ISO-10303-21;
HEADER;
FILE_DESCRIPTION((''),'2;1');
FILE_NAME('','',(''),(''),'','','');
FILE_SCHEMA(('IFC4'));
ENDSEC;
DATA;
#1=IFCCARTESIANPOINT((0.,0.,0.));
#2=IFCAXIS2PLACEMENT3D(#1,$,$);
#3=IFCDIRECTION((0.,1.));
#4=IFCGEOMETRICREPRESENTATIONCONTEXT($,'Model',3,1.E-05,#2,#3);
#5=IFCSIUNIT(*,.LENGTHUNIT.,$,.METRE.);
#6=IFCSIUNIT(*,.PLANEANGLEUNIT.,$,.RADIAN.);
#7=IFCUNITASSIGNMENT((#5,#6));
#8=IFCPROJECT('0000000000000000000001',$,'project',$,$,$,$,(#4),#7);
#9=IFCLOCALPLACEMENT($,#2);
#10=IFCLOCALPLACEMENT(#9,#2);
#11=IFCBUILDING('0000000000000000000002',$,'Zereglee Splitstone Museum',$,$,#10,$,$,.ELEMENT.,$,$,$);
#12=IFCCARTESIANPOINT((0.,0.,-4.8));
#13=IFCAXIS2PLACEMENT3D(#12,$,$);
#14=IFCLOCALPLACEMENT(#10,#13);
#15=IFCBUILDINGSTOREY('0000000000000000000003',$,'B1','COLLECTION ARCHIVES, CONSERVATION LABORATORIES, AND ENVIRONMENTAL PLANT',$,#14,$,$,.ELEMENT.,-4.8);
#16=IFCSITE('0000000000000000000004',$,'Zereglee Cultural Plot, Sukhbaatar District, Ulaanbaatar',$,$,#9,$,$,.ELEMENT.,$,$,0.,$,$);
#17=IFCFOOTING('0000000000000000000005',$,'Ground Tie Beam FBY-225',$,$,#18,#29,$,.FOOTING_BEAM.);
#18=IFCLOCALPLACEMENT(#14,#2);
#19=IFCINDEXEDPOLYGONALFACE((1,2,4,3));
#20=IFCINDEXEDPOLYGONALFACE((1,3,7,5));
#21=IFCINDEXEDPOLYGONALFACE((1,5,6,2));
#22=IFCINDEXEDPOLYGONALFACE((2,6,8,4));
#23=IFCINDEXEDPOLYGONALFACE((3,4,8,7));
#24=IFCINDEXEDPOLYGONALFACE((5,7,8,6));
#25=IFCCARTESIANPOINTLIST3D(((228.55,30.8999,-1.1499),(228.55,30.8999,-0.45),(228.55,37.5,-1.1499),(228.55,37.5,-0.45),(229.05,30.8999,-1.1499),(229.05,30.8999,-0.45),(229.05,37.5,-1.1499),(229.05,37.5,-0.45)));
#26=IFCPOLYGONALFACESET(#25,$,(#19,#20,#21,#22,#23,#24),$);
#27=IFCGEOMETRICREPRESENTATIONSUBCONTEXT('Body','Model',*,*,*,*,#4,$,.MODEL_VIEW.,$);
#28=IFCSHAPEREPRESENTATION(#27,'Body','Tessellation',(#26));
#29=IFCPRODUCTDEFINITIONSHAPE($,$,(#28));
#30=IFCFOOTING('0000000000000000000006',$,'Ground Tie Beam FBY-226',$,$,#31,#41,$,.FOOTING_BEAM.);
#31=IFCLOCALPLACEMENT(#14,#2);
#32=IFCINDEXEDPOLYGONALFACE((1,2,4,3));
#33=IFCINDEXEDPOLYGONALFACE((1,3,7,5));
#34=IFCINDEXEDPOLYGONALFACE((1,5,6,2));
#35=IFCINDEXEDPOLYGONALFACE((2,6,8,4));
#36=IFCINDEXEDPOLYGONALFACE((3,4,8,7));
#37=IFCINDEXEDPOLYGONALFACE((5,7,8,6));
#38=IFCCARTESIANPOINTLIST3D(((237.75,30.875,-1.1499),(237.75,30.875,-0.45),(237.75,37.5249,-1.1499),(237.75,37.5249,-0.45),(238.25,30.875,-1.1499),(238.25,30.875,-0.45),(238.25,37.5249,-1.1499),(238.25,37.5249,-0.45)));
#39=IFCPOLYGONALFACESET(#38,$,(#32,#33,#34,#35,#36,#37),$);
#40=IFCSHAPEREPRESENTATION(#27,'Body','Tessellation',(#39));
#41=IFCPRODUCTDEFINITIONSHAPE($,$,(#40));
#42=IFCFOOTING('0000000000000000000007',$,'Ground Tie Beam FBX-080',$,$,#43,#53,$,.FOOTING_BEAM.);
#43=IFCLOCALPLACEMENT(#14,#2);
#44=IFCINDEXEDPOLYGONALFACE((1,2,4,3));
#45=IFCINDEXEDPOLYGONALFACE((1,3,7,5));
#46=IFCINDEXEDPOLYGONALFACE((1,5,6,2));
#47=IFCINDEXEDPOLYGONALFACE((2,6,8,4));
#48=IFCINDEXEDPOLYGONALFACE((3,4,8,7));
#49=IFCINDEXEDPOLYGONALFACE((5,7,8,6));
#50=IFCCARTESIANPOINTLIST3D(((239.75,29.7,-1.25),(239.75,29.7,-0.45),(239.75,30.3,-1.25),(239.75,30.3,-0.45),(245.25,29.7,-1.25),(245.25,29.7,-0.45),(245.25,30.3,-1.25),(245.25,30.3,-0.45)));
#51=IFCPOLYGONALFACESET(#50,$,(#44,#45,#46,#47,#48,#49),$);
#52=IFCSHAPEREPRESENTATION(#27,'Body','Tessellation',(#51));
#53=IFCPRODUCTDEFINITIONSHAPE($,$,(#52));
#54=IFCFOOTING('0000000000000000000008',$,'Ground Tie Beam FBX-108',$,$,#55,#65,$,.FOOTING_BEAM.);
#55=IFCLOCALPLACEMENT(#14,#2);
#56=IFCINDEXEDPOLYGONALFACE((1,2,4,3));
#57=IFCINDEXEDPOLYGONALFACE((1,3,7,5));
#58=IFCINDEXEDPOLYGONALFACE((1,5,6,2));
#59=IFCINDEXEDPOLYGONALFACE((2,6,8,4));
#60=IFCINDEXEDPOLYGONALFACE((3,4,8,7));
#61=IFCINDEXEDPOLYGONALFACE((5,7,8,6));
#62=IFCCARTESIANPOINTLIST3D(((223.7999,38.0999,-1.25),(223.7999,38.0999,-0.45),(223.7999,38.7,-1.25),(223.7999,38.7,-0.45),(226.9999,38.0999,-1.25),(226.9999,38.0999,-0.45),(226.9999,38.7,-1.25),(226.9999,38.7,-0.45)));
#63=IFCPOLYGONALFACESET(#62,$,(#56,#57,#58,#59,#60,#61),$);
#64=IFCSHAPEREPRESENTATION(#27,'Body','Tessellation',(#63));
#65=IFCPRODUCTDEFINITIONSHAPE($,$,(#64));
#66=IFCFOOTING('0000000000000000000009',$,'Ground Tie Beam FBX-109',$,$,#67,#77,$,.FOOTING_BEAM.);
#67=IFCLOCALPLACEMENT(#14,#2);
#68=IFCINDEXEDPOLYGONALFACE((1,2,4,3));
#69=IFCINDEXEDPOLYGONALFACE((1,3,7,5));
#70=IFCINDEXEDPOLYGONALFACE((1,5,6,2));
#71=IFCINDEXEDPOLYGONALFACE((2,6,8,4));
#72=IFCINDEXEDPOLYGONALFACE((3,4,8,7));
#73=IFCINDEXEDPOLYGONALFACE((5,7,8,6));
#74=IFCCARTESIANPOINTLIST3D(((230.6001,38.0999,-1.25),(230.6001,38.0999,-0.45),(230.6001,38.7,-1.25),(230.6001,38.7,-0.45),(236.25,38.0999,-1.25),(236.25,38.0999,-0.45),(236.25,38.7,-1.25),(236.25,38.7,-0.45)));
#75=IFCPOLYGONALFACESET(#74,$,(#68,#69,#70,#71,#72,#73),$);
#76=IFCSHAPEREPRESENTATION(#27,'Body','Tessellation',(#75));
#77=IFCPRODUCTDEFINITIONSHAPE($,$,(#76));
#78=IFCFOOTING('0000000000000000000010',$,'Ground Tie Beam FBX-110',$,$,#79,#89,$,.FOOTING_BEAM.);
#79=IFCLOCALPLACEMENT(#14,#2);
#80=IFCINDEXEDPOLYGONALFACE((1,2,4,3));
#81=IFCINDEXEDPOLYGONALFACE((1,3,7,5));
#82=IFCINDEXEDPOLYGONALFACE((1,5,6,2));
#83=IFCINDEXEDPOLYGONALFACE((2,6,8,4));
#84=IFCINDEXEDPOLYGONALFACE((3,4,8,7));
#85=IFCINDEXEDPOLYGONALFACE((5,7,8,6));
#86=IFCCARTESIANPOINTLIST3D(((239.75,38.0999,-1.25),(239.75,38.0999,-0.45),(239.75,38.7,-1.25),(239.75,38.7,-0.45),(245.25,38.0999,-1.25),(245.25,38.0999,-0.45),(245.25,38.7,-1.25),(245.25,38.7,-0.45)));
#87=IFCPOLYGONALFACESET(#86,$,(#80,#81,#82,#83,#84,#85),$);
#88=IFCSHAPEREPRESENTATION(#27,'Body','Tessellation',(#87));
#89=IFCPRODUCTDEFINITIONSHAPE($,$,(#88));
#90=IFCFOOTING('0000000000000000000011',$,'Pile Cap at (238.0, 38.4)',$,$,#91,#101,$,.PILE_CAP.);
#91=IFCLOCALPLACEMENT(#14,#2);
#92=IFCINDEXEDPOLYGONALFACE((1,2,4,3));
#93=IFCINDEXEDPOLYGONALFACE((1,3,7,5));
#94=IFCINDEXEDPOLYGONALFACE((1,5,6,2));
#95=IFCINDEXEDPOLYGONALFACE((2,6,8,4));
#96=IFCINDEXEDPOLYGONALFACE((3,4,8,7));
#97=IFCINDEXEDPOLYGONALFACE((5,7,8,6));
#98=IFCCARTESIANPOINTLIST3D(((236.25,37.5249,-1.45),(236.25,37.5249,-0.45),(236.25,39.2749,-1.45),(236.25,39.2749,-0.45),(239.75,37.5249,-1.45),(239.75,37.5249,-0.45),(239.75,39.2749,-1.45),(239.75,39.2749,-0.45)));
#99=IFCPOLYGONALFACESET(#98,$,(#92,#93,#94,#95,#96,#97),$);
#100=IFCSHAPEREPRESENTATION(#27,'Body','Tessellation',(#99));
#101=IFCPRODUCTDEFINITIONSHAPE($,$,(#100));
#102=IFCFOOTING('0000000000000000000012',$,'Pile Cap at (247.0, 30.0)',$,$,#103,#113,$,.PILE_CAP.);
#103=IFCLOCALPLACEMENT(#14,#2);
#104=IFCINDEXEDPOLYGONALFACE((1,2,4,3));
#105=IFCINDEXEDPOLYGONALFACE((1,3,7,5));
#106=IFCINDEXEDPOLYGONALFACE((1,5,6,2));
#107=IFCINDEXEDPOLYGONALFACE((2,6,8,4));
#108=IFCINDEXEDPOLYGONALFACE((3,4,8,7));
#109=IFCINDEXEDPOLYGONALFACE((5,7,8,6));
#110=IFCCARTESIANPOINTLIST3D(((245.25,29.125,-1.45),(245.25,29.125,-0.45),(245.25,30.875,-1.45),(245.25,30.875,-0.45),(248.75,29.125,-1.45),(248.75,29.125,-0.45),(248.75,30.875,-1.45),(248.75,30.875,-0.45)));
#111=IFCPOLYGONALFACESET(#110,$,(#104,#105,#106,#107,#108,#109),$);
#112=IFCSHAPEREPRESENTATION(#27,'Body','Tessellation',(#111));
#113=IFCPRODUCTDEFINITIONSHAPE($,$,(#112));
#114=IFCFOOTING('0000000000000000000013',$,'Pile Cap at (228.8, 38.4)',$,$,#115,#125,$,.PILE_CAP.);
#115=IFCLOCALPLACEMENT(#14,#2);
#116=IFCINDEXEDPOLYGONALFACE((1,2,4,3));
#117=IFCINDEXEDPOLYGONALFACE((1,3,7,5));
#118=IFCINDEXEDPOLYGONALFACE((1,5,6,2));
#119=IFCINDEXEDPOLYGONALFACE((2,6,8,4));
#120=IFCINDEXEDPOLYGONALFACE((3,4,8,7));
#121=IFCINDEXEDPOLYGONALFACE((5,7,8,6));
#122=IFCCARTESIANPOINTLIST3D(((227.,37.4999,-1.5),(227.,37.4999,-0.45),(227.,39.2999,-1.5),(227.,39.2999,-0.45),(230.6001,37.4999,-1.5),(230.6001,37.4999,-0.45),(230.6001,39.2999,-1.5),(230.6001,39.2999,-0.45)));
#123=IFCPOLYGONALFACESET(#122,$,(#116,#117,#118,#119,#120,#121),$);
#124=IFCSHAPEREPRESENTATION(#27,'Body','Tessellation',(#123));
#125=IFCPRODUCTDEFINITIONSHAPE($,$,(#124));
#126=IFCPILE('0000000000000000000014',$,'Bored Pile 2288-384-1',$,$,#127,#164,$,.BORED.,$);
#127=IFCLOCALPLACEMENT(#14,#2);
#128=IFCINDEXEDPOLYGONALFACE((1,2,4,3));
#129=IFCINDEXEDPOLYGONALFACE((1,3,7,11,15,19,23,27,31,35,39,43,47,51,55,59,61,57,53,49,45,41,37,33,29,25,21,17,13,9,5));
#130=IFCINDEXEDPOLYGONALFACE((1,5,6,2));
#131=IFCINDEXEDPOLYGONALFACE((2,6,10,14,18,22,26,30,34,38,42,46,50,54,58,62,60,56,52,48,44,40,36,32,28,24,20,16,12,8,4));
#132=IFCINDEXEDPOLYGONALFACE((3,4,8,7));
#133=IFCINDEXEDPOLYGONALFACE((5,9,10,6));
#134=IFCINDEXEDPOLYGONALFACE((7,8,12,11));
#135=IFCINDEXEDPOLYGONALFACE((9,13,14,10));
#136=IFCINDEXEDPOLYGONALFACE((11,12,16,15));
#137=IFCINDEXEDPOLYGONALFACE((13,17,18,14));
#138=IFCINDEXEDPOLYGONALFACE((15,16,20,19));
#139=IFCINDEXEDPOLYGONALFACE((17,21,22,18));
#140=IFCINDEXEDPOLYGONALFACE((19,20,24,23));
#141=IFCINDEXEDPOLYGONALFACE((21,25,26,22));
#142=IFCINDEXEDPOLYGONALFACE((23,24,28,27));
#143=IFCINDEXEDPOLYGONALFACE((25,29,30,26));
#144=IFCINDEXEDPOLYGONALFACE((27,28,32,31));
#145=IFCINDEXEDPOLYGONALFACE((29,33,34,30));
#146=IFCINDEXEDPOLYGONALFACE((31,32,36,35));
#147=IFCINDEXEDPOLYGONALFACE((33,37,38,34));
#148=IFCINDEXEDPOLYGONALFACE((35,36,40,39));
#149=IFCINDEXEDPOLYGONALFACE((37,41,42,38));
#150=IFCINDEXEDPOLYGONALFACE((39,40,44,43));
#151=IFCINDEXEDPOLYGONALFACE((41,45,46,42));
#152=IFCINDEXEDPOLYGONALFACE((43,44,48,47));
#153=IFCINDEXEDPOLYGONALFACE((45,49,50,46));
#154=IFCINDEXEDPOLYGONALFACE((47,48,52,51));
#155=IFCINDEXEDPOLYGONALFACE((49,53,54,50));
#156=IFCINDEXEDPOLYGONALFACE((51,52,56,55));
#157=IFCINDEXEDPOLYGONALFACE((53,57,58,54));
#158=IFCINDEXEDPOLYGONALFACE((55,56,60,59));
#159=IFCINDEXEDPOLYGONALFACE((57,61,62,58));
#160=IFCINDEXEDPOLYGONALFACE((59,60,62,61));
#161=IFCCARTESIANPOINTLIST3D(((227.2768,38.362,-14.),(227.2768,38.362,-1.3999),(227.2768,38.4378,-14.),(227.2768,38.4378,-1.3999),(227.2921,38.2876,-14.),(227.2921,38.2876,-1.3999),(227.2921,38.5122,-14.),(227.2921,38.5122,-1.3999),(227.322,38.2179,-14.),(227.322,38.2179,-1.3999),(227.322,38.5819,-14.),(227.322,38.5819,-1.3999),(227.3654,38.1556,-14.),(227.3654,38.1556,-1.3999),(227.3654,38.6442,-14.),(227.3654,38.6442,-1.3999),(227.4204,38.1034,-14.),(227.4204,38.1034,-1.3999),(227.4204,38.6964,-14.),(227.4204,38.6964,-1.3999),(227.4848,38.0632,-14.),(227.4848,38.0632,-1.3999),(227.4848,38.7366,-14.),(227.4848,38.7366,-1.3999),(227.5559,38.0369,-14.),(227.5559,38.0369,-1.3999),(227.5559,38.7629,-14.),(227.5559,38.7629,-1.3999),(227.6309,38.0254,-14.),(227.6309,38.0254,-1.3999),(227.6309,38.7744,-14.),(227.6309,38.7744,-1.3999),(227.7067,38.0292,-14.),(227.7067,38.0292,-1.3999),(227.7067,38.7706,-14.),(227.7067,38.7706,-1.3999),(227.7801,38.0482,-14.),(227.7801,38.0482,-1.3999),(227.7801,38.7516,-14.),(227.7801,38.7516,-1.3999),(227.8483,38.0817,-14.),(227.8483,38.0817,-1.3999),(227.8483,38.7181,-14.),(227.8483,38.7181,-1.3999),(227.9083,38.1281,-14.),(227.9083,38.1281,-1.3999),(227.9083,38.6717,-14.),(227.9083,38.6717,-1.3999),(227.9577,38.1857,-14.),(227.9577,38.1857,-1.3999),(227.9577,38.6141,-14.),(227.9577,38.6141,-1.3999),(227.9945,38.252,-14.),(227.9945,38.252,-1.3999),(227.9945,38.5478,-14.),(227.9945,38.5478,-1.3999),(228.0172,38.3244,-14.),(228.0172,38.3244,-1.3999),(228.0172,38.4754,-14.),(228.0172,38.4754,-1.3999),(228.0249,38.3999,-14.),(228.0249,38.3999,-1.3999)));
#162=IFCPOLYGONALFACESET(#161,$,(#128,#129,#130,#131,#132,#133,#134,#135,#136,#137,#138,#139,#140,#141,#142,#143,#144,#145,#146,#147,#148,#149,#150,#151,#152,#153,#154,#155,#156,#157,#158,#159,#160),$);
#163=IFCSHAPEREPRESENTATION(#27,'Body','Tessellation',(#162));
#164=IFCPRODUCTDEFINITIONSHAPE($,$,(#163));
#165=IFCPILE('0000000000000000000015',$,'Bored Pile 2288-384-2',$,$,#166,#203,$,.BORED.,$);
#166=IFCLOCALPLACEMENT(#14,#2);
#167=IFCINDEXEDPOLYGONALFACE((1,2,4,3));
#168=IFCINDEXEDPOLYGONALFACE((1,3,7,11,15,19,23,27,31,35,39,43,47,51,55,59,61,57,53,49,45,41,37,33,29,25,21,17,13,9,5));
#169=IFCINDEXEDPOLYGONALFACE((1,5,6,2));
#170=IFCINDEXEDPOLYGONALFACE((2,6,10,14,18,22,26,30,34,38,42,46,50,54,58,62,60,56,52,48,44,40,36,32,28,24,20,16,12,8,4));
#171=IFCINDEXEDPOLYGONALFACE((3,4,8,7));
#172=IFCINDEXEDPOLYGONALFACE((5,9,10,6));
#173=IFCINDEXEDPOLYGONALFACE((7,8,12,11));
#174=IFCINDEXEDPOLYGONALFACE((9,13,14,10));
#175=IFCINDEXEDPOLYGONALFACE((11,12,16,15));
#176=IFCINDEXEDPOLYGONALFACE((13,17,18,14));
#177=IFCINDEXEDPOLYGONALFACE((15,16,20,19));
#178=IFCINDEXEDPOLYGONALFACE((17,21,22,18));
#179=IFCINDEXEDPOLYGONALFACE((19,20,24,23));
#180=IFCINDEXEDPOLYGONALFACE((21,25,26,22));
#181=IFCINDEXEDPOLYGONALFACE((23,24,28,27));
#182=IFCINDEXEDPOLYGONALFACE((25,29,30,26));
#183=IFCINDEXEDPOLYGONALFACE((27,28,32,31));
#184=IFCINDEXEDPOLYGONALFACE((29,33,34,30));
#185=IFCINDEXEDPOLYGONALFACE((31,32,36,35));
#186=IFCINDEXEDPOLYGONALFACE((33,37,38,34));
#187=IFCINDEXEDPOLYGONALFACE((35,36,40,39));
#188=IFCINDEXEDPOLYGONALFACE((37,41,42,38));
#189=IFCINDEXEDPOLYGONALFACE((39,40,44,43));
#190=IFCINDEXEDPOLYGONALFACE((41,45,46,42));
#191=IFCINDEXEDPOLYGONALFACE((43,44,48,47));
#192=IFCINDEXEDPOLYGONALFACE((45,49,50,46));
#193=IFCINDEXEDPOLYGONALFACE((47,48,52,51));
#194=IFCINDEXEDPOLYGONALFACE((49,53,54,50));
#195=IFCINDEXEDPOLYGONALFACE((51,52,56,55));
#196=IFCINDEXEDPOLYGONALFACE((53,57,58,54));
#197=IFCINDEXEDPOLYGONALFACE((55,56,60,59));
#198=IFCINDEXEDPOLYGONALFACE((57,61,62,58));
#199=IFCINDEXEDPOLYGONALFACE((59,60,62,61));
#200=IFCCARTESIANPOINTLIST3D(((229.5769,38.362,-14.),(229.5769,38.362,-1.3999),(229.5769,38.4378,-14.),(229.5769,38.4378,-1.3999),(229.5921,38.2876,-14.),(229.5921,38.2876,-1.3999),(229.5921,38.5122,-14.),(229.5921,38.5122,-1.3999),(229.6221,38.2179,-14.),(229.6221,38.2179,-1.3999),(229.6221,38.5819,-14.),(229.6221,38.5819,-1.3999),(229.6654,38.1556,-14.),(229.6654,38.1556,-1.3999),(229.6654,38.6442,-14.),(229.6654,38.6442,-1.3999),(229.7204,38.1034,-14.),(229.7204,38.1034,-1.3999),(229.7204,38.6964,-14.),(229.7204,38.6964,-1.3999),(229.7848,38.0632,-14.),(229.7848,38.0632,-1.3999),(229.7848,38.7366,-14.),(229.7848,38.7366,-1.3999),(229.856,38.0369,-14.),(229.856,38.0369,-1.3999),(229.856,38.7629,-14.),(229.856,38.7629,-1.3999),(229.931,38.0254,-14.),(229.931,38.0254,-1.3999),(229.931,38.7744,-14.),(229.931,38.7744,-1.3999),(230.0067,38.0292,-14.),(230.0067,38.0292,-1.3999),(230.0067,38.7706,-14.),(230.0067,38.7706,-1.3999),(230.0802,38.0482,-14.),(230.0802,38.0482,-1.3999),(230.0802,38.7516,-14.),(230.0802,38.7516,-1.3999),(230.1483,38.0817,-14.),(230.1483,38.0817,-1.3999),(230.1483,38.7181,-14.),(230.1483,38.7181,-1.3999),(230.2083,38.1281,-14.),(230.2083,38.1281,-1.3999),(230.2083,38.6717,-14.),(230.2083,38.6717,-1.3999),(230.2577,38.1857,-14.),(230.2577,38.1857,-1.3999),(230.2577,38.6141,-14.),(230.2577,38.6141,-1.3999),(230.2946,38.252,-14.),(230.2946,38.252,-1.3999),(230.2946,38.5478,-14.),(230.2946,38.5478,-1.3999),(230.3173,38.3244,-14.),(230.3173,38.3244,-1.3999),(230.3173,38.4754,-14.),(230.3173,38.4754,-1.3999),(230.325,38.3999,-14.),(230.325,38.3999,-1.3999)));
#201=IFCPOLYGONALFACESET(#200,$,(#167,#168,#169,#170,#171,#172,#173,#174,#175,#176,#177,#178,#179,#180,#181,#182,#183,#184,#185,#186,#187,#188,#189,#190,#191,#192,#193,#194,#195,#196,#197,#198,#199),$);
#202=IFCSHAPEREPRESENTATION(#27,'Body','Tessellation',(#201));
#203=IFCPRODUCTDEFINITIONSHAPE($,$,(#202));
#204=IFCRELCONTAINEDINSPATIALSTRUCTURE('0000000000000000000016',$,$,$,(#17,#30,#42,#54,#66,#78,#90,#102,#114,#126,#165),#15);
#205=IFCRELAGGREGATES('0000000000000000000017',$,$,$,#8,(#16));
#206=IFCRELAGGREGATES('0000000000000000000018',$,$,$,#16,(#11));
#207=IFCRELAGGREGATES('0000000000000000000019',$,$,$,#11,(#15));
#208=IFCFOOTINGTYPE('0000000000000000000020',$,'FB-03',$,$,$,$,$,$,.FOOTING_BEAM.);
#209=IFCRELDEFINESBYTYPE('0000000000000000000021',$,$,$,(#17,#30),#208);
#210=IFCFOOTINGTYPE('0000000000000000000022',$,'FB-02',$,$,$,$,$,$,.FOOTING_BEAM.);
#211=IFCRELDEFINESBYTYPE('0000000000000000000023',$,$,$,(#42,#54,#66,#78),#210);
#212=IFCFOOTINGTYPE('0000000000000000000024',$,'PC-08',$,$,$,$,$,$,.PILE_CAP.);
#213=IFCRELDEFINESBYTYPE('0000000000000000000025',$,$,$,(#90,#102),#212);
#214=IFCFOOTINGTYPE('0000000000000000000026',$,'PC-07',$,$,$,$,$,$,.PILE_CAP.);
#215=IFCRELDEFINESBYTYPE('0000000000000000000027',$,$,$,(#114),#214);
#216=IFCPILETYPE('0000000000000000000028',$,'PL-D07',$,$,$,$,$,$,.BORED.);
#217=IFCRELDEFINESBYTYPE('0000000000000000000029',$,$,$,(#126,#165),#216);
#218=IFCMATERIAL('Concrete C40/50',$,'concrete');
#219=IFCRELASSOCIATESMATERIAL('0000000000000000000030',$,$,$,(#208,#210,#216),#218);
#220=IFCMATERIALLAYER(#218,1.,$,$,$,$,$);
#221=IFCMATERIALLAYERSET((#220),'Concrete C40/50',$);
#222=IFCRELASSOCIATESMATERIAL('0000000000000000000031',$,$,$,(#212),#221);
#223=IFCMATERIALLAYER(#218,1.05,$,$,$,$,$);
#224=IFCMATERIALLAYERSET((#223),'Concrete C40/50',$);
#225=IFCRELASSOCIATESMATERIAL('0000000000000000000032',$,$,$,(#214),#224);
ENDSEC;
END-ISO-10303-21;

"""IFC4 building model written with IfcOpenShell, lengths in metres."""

from ifc_helpers import new_model, si_unit, direction, frame, origin, origin_2d, place, context, subcontext, project, spatial, rectangle, circle, extrude, material, layer, layer_set, material_profile, profile_set, type_object, element, save


model = new_model("IFC4")

# Units and contexts
model_context = context("Model", 3, precision=1e-05, world=origin(), true_north=direction((0.0, 1.0)))
body_context = subcontext(model_context, "Body", "Model", "MODEL_VIEW")
ifc_project = project(units=[si_unit("LENGTHUNIT", "METRE"), si_unit("PLANEANGLEUNIT", "RADIAN")], contexts=[model_context])

# Site, building, storey
site_placement = place(None, origin())
site = spatial("IfcSite", under=ifc_project, at=site_placement, Name="Zereglee Cultural Plot, Sukhbaatar District, Ulaanbaatar", CompositionType="ELEMENT", RefElevation=0.0)
building_placement = place(site_placement, origin())
building = spatial("IfcBuilding", under=site, at=building_placement, Name="Zereglee Splitstone Museum", CompositionType="ELEMENT")
storey_placement = place(building_placement, frame((0.0, 0.0, -4.8)))
storey = spatial("IfcBuildingStorey", under=building, at=storey_placement, Name="B1", Description="COLLECTION ARCHIVES, CONSERVATION LABORATORIES, AND ENVIRONMENTAL PLANT", CompositionType="ELEMENT", Elevation=-4.8)

# Footings
ifc_material_1 = material(Name="Concrete C40/50", Category="concrete")
footing_type_1 = type_object("IfcFootingType", Name="FB-03", PredefinedType="FOOTING_BEAM", material=ifc_material_1)
footing_1_placement = place(storey_placement, frame((228.8, 34.2, -1.1499), z_axis=(0.0, 0.0, 1.0), x_axis=(0.0, 1.0, 0.0)))
element("IfcFooting", 1, at=footing_1_placement, inside=storey, type_object=footing_type_1, Name="Ground Tie Beam FBY-225", PredefinedType="FOOTING_BEAM", context=body_context, shape_type="SweptSolid", body=[
    extrude(rectangle(XDim=6.6001, YDim=0.5, at=origin_2d()), origin(), (0.0, 0.0, 1.0), 0.7),
])
footing_2_placement = place(storey_placement, frame((238.0, 34.2, -1.1499), z_axis=(0.0, 0.0, 1.0), x_axis=(0.0, 1.0, 0.0)))
element("IfcFooting", 2, at=footing_2_placement, inside=storey, type_object=footing_type_1, Name="Ground Tie Beam FBY-226", PredefinedType="FOOTING_BEAM", context=body_context, shape_type="SweptSolid", body=[
    extrude(rectangle(XDim=6.6499, YDim=0.5, at=origin_2d()), origin(), (0.0, 0.0, 1.0), 0.7),
])
footing_type_2 = type_object("IfcFootingType", Name="FB-02", PredefinedType="FOOTING_BEAM", material=ifc_material_1)
footing_3_placement = place(storey_placement, frame((242.5, 30.0, -1.25), z_axis=(0.0, 0.0, 1.0), x_axis=(1.0, 0.0, 0.0)))
element("IfcFooting", 3, at=footing_3_placement, inside=storey, type_object=footing_type_2, Name="Ground Tie Beam FBX-080", PredefinedType="FOOTING_BEAM", context=body_context, shape_type="SweptSolid", body=[
    extrude(rectangle(XDim=5.5, YDim=0.6001, at=origin_2d()), origin(), (0.0, 0.0, 1.0), 0.8),
])
footing_4_placement = place(storey_placement, frame((225.3999, 38.3999, -1.25), z_axis=(0.0, 0.0, 1.0), x_axis=(1.0, 0.0, 0.0)))
element("IfcFooting", 4, at=footing_4_placement, inside=storey, type_object=footing_type_2, Name="Ground Tie Beam FBX-108", PredefinedType="FOOTING_BEAM", context=body_context, shape_type="SweptSolid", body=[
    extrude(rectangle(XDim=3.2, YDim=0.6001, at=origin_2d()), origin(), (0.0, 0.0, 1.0), 0.8),
])
footing_5_placement = place(storey_placement, frame((233.425, 38.3999, -1.25), z_axis=(0.0, 0.0, 1.0), x_axis=(1.0, 0.0, 0.0)))
element("IfcFooting", 5, at=footing_5_placement, inside=storey, type_object=footing_type_2, Name="Ground Tie Beam FBX-109", PredefinedType="FOOTING_BEAM", context=body_context, shape_type="SweptSolid", body=[
    extrude(rectangle(XDim=5.6499, YDim=0.6001, at=origin_2d()), origin(), (0.0, 0.0, 1.0), 0.8),
])
footing_6_placement = place(storey_placement, frame((242.5, 38.3999, -1.25), z_axis=(0.0, 0.0, 1.0), x_axis=(1.0, 0.0, 0.0)))
element("IfcFooting", 6, at=footing_6_placement, inside=storey, type_object=footing_type_2, Name="Ground Tie Beam FBX-110", PredefinedType="FOOTING_BEAM", context=body_context, shape_type="SweptSolid", body=[
    extrude(rectangle(XDim=5.5, YDim=0.6001, at=origin_2d()), origin(), (0.0, 0.0, 1.0), 0.8),
])
ifc_layer_1 = layer(ifc_material_1, 1.0)
ifc_layer_set_1 = layer_set([ifc_layer_1], Name="Concrete C40/50")
footing_type_3 = type_object("IfcFootingType", Name="PC-08", PredefinedType="PILE_CAP", material=ifc_layer_set_1)
for number, where, z_axis, x_axis, name in (
    (7, (238.0, 38.3999, -1.45), (0.0, 0.0, 1.0), (1.0, 0.0, 0.0), "Pile Cap at (238.0, 38.4)"),
    (8, (247.0, 30.0, -1.45), (0.0, 0.0, 1.0), (1.0, 0.0, 0.0), "Pile Cap at (247.0, 30.0)"),
):
    element("IfcFooting", number, at=place(storey_placement, frame(where, z_axis=z_axis, x_axis=x_axis)), inside=storey, type_object=footing_type_3, Name=name, PredefinedType="PILE_CAP", context=body_context, shape_type="SweptSolid", body=[
        extrude(rectangle(XDim=3.5, YDim=1.75, at=origin_2d()), origin(), (0.0, 0.0, 1.0), 1.0),
    ])
ifc_layer_2 = layer(ifc_material_1, 1.05)
ifc_layer_set_2 = layer_set([ifc_layer_2], Name="Concrete C40/50")
footing_type_4 = type_object("IfcFootingType", Name="PC-07", PredefinedType="PILE_CAP", material=ifc_layer_set_2)
footing_7_placement = place(storey_placement, frame((228.8, 38.3999, -1.5), z_axis=(0.0, 0.0, 1.0), x_axis=(1.0, 0.0, 0.0)))
element("IfcFooting", 9, at=footing_7_placement, inside=storey, type_object=footing_type_4, Name="Pile Cap at (228.8, 38.4)", PredefinedType="PILE_CAP", context=body_context, shape_type="SweptSolid", body=[
    extrude(rectangle(XDim=3.6001, YDim=1.8, at=origin_2d()), origin(), (0.0, 0.0, 1.0), 1.05),
])

# Piles
ifc_material_profile_1 = material_profile(ifc_material_1, circle(Radius=0.375, at=origin_2d()), Name="PILE D750")
ifc_profile_set_1 = profile_set([ifc_material_profile_1], Name="Concrete C40/50")
pile_type = type_object("IfcPileType", Name="PL-D07", PredefinedType="BORED", material=ifc_profile_set_1)
for number, where, z_axis, x_axis, name in (
    (10, (227.6499, 38.3999, -1.3999), (0.0, 0.0, -1.0), (1.0, 0.0, 0.0), "Bored Pile 2288-384-1"),
    (11, (229.95, 38.3999, -1.3999), (0.0, 0.0, -1.0), (1.0, 0.0, 0.0), "Bored Pile 2288-384-2"),
):
    element("IfcPile", number, at=place(storey_placement, frame(where, z_axis=z_axis, x_axis=x_axis)), inside=storey, type_object=pile_type, Name=name, PredefinedType="BORED", context=body_context, shape_type="SweptSolid", body=[
        extrude(circle(Radius=0.375, at=origin_2d()), origin(), (0.0, 0.0, 1.0), 12.6001),
    ])

save(model, "model.ifc")
